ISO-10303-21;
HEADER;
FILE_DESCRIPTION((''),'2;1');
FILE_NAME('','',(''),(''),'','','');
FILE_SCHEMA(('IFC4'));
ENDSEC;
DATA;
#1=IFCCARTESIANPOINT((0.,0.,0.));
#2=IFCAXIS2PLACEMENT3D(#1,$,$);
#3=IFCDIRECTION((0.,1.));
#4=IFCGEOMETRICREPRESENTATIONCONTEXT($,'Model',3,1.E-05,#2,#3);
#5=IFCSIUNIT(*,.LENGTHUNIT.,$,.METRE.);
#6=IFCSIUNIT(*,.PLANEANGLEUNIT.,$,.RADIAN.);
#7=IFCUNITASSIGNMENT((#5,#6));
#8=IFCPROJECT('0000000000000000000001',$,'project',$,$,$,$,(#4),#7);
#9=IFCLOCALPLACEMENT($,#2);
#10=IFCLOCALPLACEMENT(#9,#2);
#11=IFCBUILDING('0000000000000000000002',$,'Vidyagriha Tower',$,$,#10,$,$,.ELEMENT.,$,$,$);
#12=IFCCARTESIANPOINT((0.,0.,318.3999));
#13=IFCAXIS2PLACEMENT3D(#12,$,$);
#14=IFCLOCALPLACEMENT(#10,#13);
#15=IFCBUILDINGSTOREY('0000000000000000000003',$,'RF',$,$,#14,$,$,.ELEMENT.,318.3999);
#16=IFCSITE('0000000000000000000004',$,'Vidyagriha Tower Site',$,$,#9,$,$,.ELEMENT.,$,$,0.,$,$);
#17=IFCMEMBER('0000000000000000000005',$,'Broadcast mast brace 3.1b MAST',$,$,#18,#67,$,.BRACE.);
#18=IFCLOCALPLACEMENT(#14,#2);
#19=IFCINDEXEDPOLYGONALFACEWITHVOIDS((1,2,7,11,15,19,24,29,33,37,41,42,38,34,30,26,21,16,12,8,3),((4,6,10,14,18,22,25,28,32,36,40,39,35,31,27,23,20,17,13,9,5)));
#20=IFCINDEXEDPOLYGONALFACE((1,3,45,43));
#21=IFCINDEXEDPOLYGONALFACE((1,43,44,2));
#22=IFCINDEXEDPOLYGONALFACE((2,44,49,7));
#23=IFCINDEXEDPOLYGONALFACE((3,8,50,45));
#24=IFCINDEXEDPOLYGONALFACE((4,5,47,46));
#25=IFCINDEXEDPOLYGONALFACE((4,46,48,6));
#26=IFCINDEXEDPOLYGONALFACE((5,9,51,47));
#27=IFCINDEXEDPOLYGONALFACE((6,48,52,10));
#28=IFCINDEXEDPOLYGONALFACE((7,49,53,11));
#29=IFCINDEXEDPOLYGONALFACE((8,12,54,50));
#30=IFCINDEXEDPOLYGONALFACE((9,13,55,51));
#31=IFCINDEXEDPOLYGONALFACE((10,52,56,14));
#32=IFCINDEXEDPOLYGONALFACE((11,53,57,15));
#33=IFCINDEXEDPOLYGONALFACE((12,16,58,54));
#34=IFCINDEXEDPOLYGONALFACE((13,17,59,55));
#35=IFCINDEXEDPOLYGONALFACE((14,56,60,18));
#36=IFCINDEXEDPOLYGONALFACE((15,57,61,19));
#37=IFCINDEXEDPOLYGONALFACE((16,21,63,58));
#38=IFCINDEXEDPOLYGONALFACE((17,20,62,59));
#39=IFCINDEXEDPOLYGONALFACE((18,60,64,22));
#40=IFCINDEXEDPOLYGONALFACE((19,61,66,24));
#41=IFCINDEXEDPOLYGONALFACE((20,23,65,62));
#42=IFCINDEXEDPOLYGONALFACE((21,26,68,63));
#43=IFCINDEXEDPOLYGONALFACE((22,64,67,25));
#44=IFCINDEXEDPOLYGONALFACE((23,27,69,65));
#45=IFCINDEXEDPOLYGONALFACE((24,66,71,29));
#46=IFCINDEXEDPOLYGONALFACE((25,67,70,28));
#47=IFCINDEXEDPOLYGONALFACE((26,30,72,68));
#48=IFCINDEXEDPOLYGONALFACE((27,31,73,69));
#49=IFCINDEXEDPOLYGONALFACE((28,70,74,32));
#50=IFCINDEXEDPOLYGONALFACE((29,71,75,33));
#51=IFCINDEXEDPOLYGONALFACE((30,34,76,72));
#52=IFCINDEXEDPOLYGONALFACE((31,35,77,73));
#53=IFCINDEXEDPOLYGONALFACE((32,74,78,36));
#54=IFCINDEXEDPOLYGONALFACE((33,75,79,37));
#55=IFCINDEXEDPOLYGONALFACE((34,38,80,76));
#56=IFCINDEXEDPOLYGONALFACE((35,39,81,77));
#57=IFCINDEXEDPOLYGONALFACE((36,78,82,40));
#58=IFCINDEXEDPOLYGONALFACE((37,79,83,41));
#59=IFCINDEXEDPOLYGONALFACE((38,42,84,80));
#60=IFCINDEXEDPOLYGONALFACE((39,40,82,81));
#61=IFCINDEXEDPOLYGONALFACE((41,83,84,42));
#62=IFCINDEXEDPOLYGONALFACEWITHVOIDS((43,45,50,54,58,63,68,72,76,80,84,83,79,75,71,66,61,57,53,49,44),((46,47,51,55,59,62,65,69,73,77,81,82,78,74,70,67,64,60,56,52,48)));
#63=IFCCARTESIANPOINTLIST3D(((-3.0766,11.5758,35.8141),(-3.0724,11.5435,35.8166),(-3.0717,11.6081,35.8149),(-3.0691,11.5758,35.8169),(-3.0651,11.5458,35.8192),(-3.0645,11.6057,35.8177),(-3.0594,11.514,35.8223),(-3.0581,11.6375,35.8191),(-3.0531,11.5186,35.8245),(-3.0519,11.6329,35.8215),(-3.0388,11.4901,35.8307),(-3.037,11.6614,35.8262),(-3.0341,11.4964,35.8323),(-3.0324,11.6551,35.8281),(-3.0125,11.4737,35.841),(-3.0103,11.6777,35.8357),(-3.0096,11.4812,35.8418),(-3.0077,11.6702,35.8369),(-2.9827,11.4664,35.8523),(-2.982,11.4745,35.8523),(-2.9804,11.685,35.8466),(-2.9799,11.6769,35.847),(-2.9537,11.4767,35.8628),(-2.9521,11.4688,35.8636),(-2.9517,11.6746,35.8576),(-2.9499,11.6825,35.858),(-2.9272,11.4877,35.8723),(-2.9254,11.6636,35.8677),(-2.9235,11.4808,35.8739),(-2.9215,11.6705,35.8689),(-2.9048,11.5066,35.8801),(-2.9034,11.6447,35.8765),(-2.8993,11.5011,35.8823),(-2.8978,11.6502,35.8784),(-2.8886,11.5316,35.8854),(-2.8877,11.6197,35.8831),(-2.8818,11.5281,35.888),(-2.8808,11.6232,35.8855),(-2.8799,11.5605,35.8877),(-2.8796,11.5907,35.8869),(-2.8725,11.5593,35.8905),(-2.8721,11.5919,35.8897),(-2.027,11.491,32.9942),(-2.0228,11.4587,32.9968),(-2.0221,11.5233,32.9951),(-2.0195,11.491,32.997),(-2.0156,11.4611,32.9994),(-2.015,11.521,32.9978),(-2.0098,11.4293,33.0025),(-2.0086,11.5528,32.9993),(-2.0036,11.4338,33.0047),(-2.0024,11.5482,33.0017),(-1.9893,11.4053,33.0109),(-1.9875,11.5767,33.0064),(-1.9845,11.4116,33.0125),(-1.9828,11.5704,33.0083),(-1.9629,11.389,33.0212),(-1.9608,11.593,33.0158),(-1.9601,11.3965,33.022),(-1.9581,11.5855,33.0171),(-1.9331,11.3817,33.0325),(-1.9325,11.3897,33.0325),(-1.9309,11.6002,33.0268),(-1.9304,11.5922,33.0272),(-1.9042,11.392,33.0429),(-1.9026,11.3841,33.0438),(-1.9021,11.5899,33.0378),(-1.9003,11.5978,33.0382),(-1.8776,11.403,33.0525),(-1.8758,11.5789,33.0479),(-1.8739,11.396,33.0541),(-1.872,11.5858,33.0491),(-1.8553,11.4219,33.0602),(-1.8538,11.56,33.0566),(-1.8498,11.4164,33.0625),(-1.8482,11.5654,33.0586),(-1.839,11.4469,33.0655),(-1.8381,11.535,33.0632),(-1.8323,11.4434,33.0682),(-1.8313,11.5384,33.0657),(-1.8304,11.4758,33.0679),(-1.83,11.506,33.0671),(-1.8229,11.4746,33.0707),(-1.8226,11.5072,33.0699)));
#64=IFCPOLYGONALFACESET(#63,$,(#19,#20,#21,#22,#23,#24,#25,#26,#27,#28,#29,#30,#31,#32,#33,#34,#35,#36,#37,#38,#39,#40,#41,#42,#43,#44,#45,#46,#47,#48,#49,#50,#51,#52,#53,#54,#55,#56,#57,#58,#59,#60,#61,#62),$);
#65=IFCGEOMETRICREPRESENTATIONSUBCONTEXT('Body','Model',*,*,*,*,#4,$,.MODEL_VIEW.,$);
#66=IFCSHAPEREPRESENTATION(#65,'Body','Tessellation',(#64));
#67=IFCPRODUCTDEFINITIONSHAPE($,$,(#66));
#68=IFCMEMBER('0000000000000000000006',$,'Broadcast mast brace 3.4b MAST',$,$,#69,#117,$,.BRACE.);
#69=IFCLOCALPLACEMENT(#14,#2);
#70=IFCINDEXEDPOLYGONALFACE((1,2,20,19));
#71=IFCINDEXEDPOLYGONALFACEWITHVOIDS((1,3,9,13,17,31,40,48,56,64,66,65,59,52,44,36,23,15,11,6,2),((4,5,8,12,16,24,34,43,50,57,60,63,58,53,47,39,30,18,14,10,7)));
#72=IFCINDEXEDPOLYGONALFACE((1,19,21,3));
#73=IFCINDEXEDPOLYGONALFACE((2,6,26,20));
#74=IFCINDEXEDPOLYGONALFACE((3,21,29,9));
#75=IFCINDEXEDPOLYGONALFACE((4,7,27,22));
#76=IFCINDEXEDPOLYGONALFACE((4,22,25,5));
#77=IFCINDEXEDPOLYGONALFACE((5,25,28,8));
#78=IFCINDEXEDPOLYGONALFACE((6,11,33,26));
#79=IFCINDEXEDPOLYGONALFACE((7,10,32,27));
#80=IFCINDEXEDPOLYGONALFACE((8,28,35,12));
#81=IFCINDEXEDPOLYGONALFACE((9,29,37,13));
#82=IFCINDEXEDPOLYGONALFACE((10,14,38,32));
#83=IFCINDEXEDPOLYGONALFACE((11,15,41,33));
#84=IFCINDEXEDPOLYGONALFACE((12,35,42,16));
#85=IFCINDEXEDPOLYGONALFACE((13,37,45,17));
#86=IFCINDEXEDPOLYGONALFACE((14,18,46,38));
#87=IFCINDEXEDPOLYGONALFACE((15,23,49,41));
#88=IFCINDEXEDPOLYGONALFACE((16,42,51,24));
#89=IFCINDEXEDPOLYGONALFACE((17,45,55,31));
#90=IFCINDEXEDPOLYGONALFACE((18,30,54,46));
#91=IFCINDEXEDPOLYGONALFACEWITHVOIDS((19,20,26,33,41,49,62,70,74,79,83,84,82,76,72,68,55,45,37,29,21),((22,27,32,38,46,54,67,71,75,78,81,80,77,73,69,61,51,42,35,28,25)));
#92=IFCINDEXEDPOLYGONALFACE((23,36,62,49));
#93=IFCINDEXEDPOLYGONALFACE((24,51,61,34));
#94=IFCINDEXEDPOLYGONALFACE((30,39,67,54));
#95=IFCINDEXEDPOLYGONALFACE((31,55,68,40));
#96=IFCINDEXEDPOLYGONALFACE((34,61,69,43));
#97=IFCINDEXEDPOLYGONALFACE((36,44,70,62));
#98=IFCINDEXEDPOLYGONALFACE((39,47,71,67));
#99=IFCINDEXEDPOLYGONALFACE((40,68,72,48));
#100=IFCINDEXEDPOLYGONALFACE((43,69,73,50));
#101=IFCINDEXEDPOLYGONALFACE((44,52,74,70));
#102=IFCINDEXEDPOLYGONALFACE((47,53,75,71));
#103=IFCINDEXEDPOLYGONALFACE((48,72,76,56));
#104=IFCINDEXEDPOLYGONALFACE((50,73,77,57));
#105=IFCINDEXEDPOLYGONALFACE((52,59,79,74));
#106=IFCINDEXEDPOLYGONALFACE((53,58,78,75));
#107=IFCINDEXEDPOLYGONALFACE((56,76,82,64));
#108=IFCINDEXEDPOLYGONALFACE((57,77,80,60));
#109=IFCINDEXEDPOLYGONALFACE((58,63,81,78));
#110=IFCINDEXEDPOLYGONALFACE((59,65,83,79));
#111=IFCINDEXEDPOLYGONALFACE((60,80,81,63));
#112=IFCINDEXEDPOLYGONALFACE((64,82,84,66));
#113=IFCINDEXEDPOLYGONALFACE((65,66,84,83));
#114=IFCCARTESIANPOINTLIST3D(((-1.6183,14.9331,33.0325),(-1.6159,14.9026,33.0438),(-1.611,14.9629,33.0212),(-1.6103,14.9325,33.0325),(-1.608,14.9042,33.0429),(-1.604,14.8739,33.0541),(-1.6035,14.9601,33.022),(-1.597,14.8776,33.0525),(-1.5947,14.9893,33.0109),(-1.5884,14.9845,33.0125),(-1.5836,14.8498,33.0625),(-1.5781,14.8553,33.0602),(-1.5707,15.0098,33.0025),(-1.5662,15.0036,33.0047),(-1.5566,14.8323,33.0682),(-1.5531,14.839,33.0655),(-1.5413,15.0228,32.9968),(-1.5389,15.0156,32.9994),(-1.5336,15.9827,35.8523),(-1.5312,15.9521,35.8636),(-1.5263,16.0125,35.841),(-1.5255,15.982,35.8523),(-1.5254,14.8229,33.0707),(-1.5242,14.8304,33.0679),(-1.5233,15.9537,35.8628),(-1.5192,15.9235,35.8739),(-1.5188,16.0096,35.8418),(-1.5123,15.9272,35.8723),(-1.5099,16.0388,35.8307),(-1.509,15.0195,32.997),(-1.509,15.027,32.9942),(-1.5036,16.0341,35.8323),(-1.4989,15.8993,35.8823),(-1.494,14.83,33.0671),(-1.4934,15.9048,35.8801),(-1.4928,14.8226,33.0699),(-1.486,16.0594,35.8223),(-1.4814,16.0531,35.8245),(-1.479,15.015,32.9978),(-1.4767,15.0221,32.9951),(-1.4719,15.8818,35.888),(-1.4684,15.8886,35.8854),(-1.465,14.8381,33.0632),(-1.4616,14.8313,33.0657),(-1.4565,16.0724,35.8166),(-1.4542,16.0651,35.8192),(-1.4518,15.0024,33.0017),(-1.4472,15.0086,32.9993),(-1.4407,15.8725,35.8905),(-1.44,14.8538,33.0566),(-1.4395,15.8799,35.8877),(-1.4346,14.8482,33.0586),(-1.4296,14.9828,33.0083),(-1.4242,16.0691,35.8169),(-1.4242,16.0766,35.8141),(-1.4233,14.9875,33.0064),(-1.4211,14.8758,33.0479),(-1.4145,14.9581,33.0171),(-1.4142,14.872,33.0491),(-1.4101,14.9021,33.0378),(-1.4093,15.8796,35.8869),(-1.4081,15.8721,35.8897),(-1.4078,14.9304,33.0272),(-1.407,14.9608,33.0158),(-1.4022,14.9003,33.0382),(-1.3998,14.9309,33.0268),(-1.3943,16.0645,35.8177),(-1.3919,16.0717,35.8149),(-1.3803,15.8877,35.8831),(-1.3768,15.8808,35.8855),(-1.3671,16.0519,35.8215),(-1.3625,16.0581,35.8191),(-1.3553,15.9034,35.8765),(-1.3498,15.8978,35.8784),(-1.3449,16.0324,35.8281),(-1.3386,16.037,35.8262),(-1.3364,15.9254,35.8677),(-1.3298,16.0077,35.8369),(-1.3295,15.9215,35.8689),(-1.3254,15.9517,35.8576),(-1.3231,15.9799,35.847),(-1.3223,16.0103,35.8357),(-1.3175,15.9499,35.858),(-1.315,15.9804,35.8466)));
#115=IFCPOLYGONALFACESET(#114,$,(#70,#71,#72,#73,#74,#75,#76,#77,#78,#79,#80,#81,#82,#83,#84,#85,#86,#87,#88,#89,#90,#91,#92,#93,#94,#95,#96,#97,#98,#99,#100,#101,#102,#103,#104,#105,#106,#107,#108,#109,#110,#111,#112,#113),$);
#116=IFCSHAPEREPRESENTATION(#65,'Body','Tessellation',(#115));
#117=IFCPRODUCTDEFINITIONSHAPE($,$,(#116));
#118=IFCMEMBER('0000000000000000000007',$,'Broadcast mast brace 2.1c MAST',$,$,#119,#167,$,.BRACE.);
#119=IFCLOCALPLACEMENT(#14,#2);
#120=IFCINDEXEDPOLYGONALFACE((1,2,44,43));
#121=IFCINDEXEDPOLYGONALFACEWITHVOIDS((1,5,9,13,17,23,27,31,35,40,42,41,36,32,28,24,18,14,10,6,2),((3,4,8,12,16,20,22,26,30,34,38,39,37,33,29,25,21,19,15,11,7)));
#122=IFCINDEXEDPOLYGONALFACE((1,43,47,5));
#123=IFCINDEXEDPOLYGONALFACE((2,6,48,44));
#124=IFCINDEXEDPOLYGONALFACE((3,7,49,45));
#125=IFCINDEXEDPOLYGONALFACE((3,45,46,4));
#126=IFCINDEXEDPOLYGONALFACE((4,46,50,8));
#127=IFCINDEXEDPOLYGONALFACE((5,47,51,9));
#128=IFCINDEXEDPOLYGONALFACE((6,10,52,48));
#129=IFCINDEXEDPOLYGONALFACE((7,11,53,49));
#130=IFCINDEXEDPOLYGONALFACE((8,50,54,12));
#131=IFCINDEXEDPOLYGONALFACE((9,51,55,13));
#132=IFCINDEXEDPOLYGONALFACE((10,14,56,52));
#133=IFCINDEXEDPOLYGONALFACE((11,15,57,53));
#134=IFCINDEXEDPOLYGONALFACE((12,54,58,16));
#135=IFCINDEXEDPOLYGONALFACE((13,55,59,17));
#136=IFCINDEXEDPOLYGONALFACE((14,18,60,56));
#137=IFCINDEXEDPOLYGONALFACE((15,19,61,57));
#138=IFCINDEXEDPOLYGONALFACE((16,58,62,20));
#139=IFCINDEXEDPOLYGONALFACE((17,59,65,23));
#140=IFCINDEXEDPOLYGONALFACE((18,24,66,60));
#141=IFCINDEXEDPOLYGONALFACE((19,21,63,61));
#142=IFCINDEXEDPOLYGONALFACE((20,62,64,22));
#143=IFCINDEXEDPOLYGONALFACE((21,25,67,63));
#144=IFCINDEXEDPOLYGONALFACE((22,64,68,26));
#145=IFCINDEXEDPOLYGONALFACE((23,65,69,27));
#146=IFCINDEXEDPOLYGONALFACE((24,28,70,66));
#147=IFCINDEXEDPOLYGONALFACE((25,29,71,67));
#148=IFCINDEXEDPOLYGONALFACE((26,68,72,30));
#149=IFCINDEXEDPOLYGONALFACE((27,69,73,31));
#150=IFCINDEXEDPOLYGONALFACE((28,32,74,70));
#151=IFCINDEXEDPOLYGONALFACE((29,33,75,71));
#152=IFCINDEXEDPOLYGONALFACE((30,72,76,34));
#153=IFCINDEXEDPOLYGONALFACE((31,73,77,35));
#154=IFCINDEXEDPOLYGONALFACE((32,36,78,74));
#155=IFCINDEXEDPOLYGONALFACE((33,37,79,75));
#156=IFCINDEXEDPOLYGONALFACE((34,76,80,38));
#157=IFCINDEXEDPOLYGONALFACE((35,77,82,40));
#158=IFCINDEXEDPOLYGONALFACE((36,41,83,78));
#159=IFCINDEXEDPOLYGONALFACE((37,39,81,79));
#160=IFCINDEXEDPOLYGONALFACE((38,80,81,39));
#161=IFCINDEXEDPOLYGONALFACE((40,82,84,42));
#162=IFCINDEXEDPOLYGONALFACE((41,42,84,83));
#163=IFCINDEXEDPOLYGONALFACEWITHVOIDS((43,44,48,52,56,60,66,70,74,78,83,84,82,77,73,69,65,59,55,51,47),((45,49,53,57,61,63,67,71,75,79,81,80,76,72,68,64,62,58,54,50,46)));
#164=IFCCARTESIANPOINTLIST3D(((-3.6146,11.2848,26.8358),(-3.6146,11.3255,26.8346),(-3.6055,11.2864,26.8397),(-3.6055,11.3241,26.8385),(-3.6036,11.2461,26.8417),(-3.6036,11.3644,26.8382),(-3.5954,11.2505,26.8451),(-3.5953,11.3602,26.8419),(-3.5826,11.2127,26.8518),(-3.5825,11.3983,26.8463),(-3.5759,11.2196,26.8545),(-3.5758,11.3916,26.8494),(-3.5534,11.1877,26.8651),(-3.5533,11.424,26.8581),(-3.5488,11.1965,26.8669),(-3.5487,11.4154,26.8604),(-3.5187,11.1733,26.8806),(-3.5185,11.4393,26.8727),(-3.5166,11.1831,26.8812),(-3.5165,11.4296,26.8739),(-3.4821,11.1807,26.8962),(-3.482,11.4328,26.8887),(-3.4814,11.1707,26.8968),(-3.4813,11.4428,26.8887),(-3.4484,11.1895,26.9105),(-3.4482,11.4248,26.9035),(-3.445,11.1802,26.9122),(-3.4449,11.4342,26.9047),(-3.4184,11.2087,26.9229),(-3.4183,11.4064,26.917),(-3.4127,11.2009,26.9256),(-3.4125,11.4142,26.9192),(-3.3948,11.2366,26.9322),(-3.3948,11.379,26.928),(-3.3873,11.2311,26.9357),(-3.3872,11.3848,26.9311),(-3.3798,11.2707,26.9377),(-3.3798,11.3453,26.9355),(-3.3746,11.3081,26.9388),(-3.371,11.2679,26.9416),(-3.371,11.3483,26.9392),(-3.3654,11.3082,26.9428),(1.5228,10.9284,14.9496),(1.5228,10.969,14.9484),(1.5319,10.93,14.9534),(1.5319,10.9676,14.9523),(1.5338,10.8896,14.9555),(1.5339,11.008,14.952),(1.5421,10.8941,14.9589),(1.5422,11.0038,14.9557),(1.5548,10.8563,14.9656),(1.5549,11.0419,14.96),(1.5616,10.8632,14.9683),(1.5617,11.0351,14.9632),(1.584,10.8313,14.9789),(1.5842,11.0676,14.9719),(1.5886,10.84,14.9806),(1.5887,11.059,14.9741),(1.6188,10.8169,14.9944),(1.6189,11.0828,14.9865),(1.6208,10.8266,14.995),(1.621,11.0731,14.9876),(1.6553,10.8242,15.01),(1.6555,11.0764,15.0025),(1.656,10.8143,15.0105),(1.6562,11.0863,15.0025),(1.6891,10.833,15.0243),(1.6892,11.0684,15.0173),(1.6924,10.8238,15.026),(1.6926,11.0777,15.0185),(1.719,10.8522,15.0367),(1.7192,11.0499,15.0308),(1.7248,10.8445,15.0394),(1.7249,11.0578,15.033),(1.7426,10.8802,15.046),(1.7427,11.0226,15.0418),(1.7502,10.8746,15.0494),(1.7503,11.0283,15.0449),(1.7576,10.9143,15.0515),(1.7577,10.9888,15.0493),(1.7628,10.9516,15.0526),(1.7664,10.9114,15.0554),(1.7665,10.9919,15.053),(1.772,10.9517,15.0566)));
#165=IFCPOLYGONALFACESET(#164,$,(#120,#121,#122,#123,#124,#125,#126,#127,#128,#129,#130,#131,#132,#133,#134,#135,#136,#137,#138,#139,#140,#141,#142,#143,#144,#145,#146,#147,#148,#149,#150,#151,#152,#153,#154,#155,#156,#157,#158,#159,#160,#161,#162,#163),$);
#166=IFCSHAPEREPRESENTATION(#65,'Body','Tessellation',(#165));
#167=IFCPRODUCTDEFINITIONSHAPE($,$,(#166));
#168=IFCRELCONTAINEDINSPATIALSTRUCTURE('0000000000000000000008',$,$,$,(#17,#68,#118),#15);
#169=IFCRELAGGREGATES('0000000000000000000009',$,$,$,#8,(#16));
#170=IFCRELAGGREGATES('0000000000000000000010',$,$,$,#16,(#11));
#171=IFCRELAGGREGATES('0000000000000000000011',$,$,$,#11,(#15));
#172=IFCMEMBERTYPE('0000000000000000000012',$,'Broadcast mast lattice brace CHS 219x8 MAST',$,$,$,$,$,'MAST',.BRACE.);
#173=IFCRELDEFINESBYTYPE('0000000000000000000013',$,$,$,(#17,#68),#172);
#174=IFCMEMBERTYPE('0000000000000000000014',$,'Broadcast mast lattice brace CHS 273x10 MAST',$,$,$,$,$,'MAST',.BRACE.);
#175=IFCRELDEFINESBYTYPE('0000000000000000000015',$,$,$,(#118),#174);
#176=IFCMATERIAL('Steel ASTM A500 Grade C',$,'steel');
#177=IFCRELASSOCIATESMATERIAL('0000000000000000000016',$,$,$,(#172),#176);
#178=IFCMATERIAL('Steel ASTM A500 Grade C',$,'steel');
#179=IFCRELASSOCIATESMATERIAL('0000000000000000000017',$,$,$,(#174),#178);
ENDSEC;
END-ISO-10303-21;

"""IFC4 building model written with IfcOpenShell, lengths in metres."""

from ifc_helpers import new_model, si_unit, direction, frame, origin, origin_2d, place, context, subcontext, project, spatial, hollow_circle, extrude, material, material_profile, profile_set, type_object, element, save


model = new_model("IFC4")

# Units and contexts
model_context = context("Model", 3, precision=1e-05, world=origin(), true_north=direction((0.0, 1.0)))
body_context = subcontext(model_context, "Body", "Model", "MODEL_VIEW")
ifc_project = project(units=[si_unit("LENGTHUNIT", "METRE"), si_unit("PLANEANGLEUNIT", "RADIAN")], contexts=[model_context])

# Site, building, storey
site_placement = place(None, origin())
site = spatial("IfcSite", under=ifc_project, at=site_placement, Name="Vidyagriha Tower Site", CompositionType="ELEMENT", RefElevation=0.0)
building_placement = place(site_placement, origin())
building = spatial("IfcBuilding", under=site, at=building_placement, Name="Vidyagriha Tower", CompositionType="ELEMENT")
storey_placement = place(building_placement, frame((0.0, 0.0, 318.3999)))
storey = spatial("IfcBuildingStorey", under=building, at=storey_placement, Name="RF", CompositionType="ELEMENT", Elevation=318.3999)

# Members
ifc_material_1 = material(Name="Steel ASTM A500 Grade C", Category="steel")
ifc_material_profile_1 = material_profile(ifc_material_1, hollow_circle(Radius=0.1096, WallThickness=0.0081, at=origin_2d()), Name="Broadcast mast lattice brace CHS 219x8 MAST")
ifc_profile_set_1 = profile_set([ifc_material_profile_1], Name="Steel ASTM A500 Grade C")
member_type_1 = type_object("IfcMemberType", Name="Broadcast mast lattice brace CHS 219x8 MAST", ElementType="MAST", PredefinedType="BRACE", material=ifc_profile_set_1)
for number, where, z_axis, x_axis, name in (
    (1, (-1.9243, 11.491, 33.0325), (-0.34869, 0.028145, 0.936815), (-0.080455, -0.996758, 0.0), "Broadcast mast brace 3.1b MAST"),
    (2, (-1.509, 14.9243, 33.0325), (0.028145, 0.34869, 0.936815), (-0.996758, 0.080455, 0.0), "Broadcast mast brace 3.4b MAST"),
):
    element("IfcMember", number, at=place(storey_placement, frame(where, z_axis=z_axis, x_axis=x_axis)), inside=storey, type_object=member_type_1, Name=name, PredefinedType="BRACE", context=body_context, shape_type="SweptSolid", body=[
        extrude(hollow_circle(Radius=0.1096, WallThickness=0.0081, at=origin_2d()), origin(), (0.0, 0.0, 1.0), 3.01),
    ])
ifc_material_2 = material(Name="Steel ASTM A500 Grade C", Category="steel")
ifc_material_profile_2 = material_profile(ifc_material_2, hollow_circle(Radius=0.1365, WallThickness=0.01, at=origin_2d()), Name="Broadcast mast lattice brace CHS 273x10 MAST")
ifc_profile_set_2 = profile_set([ifc_material_profile_2], Name="Steel ASTM A500 Grade C")
member_type_2 = type_object("IfcMemberType", Name="Broadcast mast lattice brace CHS 273x10 MAST", ElementType="MAST", PredefinedType="BRACE", material=ifc_profile_set_2)
for number, where, z_axis, x_axis, name in (
    (3, (-3.4907, 11.3066, 26.8887), (0.396596, -0.027516, -0.917581), (0.069215, 0.997602, 0.0), "Broadcast mast brace 2.1c MAST"),
):
    element("IfcMember", number, at=place(storey_placement, frame(where, z_axis=z_axis, x_axis=x_axis)), inside=storey, type_object=member_type_2, Name=name, PredefinedType="BRACE", context=body_context, shape_type="SweptSolid", body=[
        extrude(hollow_circle(Radius=0.1365, WallThickness=0.01, at=origin_2d()), origin(), (0.0, 0.0, 1.0), 12.9539),
    ])

save(model, "model.ifc")
